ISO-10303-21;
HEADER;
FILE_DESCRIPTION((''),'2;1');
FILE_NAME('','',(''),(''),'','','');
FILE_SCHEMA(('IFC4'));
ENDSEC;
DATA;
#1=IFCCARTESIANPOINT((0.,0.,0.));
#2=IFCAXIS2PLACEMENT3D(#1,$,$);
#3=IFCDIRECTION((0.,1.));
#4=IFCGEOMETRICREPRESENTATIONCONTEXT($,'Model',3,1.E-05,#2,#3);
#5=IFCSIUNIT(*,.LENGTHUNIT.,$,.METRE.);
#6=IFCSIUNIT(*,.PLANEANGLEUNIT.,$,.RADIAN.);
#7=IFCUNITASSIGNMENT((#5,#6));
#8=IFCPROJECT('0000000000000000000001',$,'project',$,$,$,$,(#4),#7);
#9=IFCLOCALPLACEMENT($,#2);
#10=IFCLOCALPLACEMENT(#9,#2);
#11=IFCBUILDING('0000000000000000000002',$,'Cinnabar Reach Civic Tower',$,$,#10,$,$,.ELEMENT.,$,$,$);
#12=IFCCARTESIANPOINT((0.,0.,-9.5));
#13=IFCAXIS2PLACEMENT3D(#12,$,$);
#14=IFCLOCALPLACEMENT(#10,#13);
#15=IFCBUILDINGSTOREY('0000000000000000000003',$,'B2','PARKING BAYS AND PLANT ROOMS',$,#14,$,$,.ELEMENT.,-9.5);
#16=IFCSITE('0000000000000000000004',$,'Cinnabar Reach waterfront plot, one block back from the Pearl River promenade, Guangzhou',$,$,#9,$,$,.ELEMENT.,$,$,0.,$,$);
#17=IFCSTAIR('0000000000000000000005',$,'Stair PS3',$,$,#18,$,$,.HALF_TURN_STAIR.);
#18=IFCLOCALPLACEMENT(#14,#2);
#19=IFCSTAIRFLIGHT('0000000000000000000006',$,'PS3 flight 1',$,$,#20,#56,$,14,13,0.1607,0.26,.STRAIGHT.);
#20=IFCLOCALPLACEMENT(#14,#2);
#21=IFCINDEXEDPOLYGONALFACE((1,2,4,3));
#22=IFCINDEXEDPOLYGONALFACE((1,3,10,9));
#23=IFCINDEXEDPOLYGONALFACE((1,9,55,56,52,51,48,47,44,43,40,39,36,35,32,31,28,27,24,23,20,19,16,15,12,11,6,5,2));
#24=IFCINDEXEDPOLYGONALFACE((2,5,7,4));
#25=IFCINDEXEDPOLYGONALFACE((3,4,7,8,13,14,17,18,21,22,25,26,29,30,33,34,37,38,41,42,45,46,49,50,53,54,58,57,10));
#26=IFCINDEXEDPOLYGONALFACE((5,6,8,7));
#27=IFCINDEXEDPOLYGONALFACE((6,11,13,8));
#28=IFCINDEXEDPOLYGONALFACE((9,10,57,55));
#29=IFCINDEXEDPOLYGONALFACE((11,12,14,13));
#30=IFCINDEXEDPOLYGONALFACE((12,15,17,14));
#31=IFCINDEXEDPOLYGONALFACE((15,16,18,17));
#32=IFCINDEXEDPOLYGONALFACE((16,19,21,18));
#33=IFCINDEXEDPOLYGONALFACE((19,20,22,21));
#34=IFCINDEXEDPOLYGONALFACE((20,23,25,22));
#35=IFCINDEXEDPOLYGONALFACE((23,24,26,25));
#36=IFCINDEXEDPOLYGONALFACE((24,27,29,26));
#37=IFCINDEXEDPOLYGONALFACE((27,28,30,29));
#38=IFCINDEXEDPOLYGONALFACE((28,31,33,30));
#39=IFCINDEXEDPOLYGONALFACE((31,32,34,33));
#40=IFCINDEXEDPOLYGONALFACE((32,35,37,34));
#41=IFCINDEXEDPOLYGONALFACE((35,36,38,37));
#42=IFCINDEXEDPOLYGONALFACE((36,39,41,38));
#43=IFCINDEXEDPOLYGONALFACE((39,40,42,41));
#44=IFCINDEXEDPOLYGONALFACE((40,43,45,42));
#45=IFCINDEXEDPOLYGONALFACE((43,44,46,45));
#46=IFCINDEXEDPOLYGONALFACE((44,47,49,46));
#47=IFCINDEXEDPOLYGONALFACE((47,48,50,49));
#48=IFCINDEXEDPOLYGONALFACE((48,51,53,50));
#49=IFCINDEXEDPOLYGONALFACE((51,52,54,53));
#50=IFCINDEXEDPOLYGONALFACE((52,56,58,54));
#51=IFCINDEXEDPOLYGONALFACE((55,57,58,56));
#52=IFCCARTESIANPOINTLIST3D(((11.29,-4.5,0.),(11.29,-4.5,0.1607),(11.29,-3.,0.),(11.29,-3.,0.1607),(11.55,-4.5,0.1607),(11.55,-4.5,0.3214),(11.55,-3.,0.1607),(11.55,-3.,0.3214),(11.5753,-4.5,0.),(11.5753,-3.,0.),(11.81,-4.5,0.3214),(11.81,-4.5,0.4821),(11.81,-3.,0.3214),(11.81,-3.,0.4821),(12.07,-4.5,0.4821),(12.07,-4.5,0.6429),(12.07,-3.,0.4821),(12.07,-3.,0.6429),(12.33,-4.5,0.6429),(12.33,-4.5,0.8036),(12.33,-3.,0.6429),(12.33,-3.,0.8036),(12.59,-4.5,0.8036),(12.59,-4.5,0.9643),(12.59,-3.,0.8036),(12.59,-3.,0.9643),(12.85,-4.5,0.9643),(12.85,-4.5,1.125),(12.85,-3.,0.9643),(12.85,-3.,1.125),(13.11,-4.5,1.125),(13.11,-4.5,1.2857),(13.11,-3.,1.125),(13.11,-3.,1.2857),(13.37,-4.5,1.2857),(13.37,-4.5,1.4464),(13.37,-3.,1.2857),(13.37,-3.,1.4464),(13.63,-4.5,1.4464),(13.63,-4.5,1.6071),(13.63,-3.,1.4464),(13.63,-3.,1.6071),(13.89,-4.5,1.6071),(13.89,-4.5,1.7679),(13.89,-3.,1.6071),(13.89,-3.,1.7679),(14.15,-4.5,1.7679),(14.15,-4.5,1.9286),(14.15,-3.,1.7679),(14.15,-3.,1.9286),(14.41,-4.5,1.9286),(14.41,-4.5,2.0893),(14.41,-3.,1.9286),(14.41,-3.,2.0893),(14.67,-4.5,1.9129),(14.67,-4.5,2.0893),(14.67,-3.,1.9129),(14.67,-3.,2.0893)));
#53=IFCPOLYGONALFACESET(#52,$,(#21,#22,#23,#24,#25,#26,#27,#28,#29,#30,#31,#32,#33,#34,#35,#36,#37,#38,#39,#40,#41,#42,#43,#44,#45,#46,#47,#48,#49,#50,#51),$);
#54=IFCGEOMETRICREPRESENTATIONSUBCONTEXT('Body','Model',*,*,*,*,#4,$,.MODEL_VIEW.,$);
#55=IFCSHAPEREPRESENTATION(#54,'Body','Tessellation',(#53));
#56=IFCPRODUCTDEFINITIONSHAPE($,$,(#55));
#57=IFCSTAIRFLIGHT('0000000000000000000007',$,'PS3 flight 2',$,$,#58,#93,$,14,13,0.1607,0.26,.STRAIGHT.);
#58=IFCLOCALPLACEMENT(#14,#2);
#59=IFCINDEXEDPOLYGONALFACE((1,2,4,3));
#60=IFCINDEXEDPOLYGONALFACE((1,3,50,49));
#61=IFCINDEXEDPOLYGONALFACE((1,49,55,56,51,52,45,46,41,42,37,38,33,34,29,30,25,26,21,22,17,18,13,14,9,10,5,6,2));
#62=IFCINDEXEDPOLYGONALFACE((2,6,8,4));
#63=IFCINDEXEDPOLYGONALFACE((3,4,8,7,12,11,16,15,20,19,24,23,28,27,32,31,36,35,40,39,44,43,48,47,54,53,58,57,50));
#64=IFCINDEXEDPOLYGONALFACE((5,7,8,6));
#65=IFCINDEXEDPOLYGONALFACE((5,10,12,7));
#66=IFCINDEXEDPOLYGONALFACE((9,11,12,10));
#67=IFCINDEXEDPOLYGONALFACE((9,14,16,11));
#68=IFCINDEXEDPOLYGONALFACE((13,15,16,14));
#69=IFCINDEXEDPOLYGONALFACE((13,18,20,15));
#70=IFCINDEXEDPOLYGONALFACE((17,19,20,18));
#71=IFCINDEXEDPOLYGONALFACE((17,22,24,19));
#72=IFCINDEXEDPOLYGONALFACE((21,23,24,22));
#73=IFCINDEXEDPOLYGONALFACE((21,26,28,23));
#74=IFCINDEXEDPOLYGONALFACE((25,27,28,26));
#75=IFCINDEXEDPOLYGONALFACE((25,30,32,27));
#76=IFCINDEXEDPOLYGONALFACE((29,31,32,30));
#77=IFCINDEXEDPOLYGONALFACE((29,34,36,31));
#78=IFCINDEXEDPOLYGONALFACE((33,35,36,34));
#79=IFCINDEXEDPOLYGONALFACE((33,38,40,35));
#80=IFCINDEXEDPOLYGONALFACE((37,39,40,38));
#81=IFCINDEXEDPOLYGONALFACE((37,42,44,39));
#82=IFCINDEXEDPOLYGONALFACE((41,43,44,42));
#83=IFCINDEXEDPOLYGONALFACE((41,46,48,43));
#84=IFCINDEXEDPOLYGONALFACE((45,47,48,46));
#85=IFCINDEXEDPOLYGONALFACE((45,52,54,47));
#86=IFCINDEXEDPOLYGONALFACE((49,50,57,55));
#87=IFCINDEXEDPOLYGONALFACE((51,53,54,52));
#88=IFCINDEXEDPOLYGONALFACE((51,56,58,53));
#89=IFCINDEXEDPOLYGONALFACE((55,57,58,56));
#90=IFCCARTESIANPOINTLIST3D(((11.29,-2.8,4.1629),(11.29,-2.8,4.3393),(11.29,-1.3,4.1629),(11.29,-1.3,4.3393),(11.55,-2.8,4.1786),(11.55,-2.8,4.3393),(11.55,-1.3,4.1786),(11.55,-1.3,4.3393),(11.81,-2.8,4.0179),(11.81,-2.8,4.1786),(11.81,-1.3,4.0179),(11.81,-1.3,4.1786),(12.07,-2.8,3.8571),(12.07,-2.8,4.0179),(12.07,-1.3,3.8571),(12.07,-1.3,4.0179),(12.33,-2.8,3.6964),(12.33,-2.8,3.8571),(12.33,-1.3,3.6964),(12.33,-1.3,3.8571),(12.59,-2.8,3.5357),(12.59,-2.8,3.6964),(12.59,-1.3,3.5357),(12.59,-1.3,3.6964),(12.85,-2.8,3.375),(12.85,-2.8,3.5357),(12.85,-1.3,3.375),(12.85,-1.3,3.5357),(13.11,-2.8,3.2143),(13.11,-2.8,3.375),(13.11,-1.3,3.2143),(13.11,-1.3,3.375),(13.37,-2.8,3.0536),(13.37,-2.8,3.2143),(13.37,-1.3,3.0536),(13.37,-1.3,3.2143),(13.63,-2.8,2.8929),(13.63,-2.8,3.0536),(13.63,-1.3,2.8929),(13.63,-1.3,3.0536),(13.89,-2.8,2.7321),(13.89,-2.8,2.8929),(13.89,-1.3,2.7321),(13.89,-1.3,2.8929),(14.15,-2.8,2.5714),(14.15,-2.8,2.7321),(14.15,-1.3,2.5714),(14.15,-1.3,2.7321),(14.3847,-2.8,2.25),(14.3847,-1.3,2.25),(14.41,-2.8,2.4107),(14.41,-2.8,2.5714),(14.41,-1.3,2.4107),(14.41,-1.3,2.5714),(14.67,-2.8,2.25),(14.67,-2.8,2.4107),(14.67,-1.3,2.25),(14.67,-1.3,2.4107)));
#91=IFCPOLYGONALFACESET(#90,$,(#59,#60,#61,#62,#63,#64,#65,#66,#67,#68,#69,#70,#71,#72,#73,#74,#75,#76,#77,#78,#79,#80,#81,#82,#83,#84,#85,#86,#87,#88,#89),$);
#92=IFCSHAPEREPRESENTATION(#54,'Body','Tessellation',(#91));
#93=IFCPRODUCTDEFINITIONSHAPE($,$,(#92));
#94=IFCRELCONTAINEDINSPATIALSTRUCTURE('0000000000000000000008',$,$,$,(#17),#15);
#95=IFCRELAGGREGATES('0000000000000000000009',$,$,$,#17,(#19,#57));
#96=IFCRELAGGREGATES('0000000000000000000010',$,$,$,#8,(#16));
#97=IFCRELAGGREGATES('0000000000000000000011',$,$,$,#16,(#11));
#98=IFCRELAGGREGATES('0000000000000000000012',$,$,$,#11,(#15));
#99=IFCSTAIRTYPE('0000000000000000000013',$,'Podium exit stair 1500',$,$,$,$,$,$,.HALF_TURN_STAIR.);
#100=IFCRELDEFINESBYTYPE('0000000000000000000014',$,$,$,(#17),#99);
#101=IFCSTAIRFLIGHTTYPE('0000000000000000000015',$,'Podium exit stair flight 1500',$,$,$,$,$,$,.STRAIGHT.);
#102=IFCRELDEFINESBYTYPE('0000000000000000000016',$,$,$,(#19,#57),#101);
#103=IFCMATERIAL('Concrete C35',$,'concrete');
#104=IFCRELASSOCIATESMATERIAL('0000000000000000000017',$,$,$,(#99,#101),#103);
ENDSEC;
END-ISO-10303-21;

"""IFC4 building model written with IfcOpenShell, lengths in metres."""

from ifc_helpers import new_model, si_unit, direction, frame, origin, place, context, subcontext, project, spatial, polyline, outline, extrude, material, type_object, element, aggregate, save


model = new_model("IFC4")

# Units and contexts
model_context = context("Model", 3, precision=1e-05, world=origin(), true_north=direction((0.0, 1.0)))
body_context = subcontext(model_context, "Body", "Model", "MODEL_VIEW")
ifc_project = project(units=[si_unit("LENGTHUNIT", "METRE"), si_unit("PLANEANGLEUNIT", "RADIAN")], contexts=[model_context])

# Site, building, storey
site_placement = place(None, origin())
site = spatial("IfcSite", under=ifc_project, at=site_placement, Name="Cinnabar Reach waterfront plot, one block back from the Pearl River promenade, Guangzhou", CompositionType="ELEMENT", RefElevation=0.0)
building_placement = place(site_placement, origin())
building = spatial("IfcBuilding", under=site, at=building_placement, Name="Cinnabar Reach Civic Tower", CompositionType="ELEMENT")
storey_placement = place(building_placement, frame((0.0, 0.0, -9.5)))
storey = spatial("IfcBuildingStorey", under=building, at=storey_placement, Name="B2", Description="PARKING BAYS AND PLANT ROOMS", CompositionType="ELEMENT", Elevation=-9.5)

# Stair
ifc_material_1 = material(Name="Concrete C35", Category="concrete")
stair_type = type_object("IfcStairType", Name="Podium exit stair 1500", PredefinedType="HALF_TURN_STAIR", material=ifc_material_1)
stair_1_placement = place(storey_placement, origin())
stair_1 = element("IfcStair", 1, at=stair_1_placement, inside=storey, type_object=stair_type, Name="Stair PS3", PredefinedType="HALF_TURN_STAIR")

# Stair flights
stair_flight_type = type_object("IfcStairFlightType", Name="Podium exit stair flight 1500", PredefinedType="STRAIGHT", material=ifc_material_1)
stair_flight_1_placement = place(storey_placement, frame((11.29, -3.75, 0.0), z_axis=(0.0, 0.0, 1.0), x_axis=(1.0, 0.0, 0.0)))
stair_flight_1 = element("IfcStairFlight", 2, at=stair_flight_1_placement, type_object=stair_flight_type, Name="PS3 flight 1", NumberOfRisers=14, NumberOfTreads=13, PredefinedType="STRAIGHT", RiserHeight=0.1607, TreadLength=0.26, context=body_context, shape_type="SweptSolid", body=[
    extrude(outline(polyline([(0.0, 0.0), (0.0, 0.1607), (0.26, 0.1607), (0.26, 0.3214), (0.52, 0.3214), (0.52, 0.4821), (0.78, 0.4821), (0.78, 0.6429), (1.04, 0.6429), (1.04, 0.8036), (1.3, 0.8036), (1.3, 0.9643), (1.56, 0.9643), (1.56, 1.125), (1.82, 1.125), (1.82, 1.2857), (2.08, 1.2857), (2.08, 1.4464), (2.34, 1.4464), (2.34, 1.6071), (2.6, 1.6071), (2.6, 1.7679), (2.86, 1.7679), (2.86, 1.9286), (3.12, 1.9286), (3.12, 2.0893), (3.38, 2.0893), (3.38, 2.25), (3.38, 1.9129), (0.2853, 0.0), (0.0, 0.0)])), frame((0.0, 0.75, 0.0), z_axis=(0.0, -1.0, 0.0), x_axis=(1.0, 0.0, 0.0)), (0.0, 0.0, 1.0), 1.5),
])
stair_flight_2_placement = place(storey_placement, frame((14.67, -2.05, 2.25), z_axis=(0.0, 0.0, 1.0), x_axis=(-1.0, 0.0, 0.0)))
stair_flight_2 = element("IfcStairFlight", 3, at=stair_flight_2_placement, type_object=stair_flight_type, Name="PS3 flight 2", NumberOfRisers=14, NumberOfTreads=13, PredefinedType="STRAIGHT", RiserHeight=0.1607, TreadLength=0.26, context=body_context, shape_type="SweptSolid", body=[
    extrude(outline(polyline([(0.0, 0.0), (0.0, 0.1607), (0.26, 0.1607), (0.26, 0.3214), (0.52, 0.3214), (0.52, 0.4821), (0.78, 0.4821), (0.78, 0.6429), (1.04, 0.6429), (1.04, 0.8036), (1.3, 0.8036), (1.3, 0.9643), (1.56, 0.9643), (1.56, 1.125), (1.82, 1.125), (1.82, 1.2857), (2.08, 1.2857), (2.08, 1.4464), (2.34, 1.4464), (2.34, 1.6071), (2.6, 1.6071), (2.6, 1.7679), (2.86, 1.7679), (2.86, 1.9286), (3.12, 1.9286), (3.12, 2.0893), (3.38, 2.0893), (3.38, 2.25), (3.38, 1.9129), (0.2853, 0.0), (0.0, 0.0)])), frame((0.0, 0.75, 0.0), z_axis=(0.0, -1.0, 0.0), x_axis=(1.0, 0.0, 0.0)), (0.0, 0.0, 1.0), 1.5),
])
aggregate(stair_1, [stair_flight_1, stair_flight_2])

save(model, "model.ifc")
